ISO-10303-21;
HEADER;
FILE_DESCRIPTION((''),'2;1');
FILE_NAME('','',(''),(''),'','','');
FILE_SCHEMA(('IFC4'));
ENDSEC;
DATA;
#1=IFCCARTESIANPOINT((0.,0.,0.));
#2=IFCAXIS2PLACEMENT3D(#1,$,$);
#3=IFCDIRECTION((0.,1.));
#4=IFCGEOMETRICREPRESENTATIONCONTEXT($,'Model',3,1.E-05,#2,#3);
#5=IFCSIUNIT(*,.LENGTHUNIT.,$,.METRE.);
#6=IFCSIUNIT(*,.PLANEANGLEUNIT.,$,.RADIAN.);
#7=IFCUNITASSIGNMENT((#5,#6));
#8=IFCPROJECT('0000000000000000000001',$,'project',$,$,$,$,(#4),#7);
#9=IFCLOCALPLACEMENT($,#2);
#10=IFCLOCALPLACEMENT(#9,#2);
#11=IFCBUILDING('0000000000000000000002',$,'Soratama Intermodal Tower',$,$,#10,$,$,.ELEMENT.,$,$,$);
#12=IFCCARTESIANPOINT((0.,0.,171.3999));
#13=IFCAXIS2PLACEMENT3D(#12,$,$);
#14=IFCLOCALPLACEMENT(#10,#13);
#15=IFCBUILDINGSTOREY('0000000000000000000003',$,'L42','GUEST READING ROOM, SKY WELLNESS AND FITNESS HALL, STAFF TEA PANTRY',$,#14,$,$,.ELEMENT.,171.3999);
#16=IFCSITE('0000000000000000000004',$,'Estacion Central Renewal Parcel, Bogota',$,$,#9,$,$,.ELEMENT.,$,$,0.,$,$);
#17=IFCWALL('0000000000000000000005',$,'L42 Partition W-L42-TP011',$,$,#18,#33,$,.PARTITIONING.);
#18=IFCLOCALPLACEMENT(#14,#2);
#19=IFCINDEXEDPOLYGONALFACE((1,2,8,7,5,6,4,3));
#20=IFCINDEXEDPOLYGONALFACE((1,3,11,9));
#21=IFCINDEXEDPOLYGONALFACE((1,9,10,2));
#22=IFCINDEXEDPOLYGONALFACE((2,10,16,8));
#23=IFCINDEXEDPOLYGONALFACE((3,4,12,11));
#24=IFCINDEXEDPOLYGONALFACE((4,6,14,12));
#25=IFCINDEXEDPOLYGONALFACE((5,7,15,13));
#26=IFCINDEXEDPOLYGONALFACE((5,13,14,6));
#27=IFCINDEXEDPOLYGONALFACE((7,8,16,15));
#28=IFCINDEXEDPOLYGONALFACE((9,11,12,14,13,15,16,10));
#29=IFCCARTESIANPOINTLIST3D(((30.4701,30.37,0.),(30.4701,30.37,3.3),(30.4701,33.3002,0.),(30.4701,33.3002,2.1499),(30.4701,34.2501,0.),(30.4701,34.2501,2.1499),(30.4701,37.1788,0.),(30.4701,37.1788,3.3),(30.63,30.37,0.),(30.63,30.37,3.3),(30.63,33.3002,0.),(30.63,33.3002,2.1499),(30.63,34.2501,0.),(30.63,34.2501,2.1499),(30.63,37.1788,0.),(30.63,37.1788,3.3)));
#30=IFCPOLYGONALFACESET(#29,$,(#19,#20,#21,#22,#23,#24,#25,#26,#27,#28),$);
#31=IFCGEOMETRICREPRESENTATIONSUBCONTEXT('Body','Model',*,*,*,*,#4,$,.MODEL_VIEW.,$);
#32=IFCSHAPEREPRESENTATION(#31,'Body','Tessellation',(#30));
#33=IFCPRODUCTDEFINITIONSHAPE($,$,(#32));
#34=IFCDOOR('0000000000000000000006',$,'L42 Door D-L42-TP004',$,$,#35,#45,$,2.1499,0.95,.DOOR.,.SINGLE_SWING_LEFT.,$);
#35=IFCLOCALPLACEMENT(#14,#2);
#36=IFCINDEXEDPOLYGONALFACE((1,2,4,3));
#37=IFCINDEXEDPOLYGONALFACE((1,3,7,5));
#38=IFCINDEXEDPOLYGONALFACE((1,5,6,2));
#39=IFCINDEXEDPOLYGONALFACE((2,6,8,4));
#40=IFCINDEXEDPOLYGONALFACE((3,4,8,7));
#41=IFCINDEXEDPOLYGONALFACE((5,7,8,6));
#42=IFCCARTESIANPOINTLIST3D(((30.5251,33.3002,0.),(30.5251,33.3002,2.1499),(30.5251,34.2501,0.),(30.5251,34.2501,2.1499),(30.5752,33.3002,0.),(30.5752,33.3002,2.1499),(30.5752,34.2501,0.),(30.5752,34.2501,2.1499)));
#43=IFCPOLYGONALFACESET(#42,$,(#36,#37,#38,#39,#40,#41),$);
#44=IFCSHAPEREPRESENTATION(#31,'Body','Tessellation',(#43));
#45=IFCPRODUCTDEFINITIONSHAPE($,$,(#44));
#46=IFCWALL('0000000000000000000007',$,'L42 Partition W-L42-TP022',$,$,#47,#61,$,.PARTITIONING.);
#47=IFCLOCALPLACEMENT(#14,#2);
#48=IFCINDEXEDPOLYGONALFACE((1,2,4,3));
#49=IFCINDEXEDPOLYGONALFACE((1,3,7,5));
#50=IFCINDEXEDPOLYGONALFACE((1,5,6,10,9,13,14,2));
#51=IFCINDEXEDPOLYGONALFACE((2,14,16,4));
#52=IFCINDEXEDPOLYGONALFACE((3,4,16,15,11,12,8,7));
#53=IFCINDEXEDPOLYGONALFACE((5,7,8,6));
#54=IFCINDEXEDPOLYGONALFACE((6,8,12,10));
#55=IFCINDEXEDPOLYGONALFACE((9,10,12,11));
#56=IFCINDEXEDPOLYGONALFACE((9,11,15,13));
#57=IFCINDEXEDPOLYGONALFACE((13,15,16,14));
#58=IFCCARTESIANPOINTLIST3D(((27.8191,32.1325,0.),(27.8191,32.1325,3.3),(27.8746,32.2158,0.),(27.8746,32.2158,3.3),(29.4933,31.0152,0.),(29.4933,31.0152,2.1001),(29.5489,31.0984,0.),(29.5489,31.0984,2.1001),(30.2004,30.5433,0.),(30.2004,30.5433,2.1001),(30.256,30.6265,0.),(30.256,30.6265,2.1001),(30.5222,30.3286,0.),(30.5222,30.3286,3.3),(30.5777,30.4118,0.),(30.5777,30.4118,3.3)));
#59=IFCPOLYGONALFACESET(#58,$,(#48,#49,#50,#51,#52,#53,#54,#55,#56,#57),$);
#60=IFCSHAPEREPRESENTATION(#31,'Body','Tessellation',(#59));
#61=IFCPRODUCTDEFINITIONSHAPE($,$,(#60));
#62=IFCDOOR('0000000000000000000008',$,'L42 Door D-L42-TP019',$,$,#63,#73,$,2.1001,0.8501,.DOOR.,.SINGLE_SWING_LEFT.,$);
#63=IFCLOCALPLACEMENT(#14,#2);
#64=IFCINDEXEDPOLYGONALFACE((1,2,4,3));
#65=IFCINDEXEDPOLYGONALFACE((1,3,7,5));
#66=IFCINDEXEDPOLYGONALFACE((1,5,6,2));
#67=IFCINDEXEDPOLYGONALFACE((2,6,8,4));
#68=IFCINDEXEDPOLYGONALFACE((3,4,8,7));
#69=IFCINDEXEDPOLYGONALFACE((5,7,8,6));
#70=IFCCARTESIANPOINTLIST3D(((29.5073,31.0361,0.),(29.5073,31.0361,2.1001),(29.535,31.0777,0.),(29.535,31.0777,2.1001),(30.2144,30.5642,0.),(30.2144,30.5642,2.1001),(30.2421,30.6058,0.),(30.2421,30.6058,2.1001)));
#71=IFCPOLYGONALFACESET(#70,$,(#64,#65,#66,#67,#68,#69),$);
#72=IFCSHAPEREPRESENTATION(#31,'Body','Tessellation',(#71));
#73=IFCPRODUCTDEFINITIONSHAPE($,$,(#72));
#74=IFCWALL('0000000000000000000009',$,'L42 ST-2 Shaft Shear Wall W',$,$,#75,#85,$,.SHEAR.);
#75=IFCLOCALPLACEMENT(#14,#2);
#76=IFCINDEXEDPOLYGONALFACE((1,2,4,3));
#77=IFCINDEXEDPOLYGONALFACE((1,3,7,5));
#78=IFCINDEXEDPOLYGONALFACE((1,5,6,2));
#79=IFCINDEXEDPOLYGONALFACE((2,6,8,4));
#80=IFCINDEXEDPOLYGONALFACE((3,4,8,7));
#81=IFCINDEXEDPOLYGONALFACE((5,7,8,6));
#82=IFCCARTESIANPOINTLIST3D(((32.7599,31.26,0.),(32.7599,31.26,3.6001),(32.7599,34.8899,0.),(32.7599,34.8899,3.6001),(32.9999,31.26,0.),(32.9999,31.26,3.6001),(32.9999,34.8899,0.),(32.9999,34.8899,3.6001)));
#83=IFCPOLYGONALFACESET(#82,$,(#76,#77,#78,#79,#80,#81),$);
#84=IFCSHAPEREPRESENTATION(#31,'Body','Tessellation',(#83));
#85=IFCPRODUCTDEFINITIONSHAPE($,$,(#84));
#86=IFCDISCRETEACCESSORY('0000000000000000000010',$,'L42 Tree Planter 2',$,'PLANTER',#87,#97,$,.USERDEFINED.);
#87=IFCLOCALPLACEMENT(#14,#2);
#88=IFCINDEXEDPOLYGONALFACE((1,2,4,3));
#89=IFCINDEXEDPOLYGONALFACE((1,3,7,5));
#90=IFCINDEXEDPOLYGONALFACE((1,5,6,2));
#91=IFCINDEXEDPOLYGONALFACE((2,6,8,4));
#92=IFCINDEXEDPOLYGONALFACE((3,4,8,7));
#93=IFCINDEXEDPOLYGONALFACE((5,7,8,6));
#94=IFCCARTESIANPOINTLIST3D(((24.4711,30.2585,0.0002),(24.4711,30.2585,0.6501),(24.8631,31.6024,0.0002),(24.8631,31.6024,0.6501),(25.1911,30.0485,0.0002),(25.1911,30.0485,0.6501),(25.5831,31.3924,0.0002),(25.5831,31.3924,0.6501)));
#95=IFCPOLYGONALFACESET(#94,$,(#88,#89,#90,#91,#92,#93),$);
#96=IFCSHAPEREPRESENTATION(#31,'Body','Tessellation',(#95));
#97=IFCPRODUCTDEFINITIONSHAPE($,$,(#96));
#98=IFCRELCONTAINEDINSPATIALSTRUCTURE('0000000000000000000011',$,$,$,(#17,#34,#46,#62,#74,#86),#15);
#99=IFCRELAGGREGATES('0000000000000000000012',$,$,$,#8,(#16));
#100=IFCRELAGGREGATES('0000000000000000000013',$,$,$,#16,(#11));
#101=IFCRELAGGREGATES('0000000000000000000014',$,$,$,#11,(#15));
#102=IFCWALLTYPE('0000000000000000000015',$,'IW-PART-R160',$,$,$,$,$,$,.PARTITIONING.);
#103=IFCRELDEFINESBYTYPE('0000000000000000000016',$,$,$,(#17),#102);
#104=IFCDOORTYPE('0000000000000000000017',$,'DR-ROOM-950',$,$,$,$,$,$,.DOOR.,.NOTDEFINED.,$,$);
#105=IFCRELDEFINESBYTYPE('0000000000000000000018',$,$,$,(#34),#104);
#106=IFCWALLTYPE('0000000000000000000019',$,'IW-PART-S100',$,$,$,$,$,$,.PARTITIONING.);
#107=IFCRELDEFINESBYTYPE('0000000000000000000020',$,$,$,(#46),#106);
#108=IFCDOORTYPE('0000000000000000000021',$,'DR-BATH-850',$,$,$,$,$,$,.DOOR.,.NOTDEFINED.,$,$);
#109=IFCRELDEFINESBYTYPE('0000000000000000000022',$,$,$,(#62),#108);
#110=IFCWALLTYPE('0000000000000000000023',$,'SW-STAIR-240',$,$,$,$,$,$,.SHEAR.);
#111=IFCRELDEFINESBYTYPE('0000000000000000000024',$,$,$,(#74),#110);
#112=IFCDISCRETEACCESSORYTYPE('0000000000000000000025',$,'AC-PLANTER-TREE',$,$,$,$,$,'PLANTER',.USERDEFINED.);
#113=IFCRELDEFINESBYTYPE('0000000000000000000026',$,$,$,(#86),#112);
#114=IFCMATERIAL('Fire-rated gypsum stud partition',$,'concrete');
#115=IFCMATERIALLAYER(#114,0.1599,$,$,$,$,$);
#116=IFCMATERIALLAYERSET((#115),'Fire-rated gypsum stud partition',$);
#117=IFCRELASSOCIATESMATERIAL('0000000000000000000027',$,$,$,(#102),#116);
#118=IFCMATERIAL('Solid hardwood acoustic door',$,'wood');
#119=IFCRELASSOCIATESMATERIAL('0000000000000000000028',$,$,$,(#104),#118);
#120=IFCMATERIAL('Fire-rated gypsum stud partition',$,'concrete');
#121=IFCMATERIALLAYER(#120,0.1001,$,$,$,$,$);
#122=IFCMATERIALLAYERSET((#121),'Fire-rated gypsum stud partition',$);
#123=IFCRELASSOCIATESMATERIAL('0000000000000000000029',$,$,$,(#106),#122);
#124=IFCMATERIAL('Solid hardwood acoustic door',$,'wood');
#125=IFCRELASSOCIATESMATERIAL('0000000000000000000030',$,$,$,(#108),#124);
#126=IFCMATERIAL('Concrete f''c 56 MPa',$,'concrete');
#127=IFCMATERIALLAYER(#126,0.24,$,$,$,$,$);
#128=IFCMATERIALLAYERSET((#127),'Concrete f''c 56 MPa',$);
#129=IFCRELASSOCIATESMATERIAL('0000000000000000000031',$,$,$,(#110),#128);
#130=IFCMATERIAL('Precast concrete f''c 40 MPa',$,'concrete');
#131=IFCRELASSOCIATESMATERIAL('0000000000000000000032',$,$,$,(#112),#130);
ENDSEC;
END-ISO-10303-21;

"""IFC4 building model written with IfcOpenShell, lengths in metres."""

from ifc_helpers import new_model, si_unit, direction, frame, frame_2d, origin, origin_2d, place, context, subcontext, project, spatial, rectangle, extrude, material, layer, layer_set, type_object, element, fill, save


model = new_model("IFC4")

# Units and contexts
model_context = context("Model", 3, precision=1e-05, world=origin(), true_north=direction((0.0, 1.0)))
body_context = subcontext(model_context, "Body", "Model", "MODEL_VIEW")
ifc_project = project(units=[si_unit("LENGTHUNIT", "METRE"), si_unit("PLANEANGLEUNIT", "RADIAN")], contexts=[model_context])

# Site, building, storey
site_placement = place(None, origin())
site = spatial("IfcSite", under=ifc_project, at=site_placement, Name="Estacion Central Renewal Parcel, Bogota", CompositionType="ELEMENT", RefElevation=0.0)
building_placement = place(site_placement, origin())
building = spatial("IfcBuilding", under=site, at=building_placement, Name="Soratama Intermodal Tower", CompositionType="ELEMENT")
storey_placement = place(building_placement, frame((0.0, 0.0, 171.3999)))
storey = spatial("IfcBuildingStorey", under=building, at=storey_placement, Name="L42", Description="GUEST READING ROOM, SKY WELLNESS AND FITNESS HALL, STAFF TEA PANTRY", CompositionType="ELEMENT", Elevation=171.3999)

# Walls, openings, doors
ifc_material_1 = material(Name="Fire-rated gypsum stud partition", Category="concrete")
ifc_layer_1 = layer(ifc_material_1, 0.1599)
ifc_layer_set_1 = layer_set([ifc_layer_1], Name="Fire-rated gypsum stud partition")
wall_type_1 = type_object("IfcWallType", Name="IW-PART-R160", PredefinedType="PARTITIONING", material=ifc_layer_set_1)
wall_1_placement = place(storey_placement, frame((30.55, 30.3701, 0.0), z_axis=(0.0, 0.0, 1.0), x_axis=(0.0, 1.0, 0.0)))
wall_1 = element("IfcWall", 1, at=wall_1_placement, inside=storey, type_object=wall_type_1, Name="L42 Partition W-L42-TP011", PredefinedType="PARTITIONING", context=body_context, shape_type="SweptSolid", body=[
    extrude(rectangle(XDim=6.8088, YDim=0.1599, at=frame_2d((3.4043, 0.0))), origin(), (0.0, 0.0, 1.0), 3.3),
])
opening_1_placement = place(wall_1_placement, frame((2.9299, 0.0, 0.0)))
opening_1 = element("IfcOpeningElement", 2, at=opening_1_placement, cuts=wall_1, PredefinedType="OPENING", context=body_context, shape_type="SweptSolid", body=[
    extrude(rectangle(XDim=0.95, YDim=2.1499, at=frame_2d((0.4751, 1.075))), frame((0.0, 0.0898, 0.0), z_axis=(0.0, -1.0, 0.0), x_axis=(1.0, 0.0, 0.0)), (0.0, 0.0, 1.0), 0.1799),
])
ifc_material_2 = material(Name="Solid hardwood acoustic door", Category="wood")
door_type_1 = type_object("IfcDoorType", Name="DR-ROOM-950", OperationType="NOTDEFINED", PredefinedType="DOOR", material=ifc_material_2)
door_1_placement = place(opening_1_placement, origin())
door_1 = element("IfcDoor", 3, at=door_1_placement, inside=storey, type_object=door_type_1, Name="L42 Door D-L42-TP004", OperationType="SINGLE_SWING_LEFT", OverallHeight=2.1499, OverallWidth=0.95, PredefinedType="DOOR", context=body_context, shape_type="SweptSolid", body=[
    extrude(rectangle(XDim=0.95, YDim=2.1499, at=frame_2d((0.4751, 1.075))), frame((0.0, 0.0249, 0.0), z_axis=(0.0, -1.0, 0.0), x_axis=(1.0, 0.0, 0.0)), (0.0, 0.0, 1.0), 0.05),
])
fill(opening_1, door_1)
ifc_material_3 = material(Name="Fire-rated gypsum stud partition", Category="concrete")
ifc_layer_2 = layer(ifc_material_3, 0.1001)
ifc_layer_set_2 = layer_set([ifc_layer_2], Name="Fire-rated gypsum stud partition")
wall_type_2 = type_object("IfcWallType", Name="IW-PART-S100", PredefinedType="PARTITIONING", material=ifc_layer_set_2)
wall_2_placement = place(storey_placement, frame((30.55, 30.3701, 0.0), z_axis=(0.0, 0.0, 1.0), x_axis=(-0.831784, 0.555099, 0.0)))
wall_2 = element("IfcWall", 4, at=wall_2_placement, inside=storey, type_object=wall_type_2, Name="L42 Partition W-L42-TP022", PredefinedType="PARTITIONING", context=body_context, shape_type="SweptSolid", body=[
    extrude(rectangle(XDim=3.2498, YDim=0.1001, at=frame_2d((1.625, 0.0))), origin(), (0.0, 0.0, 1.0), 3.3),
])
opening_2_placement = place(wall_2_placement, frame((0.387, 0.0, 0.0)))
opening_2 = element("IfcOpeningElement", 5, at=opening_2_placement, cuts=wall_2, PredefinedType="OPENING", context=body_context, shape_type="SweptSolid", body=[
    extrude(rectangle(XDim=0.8501, YDim=2.1001, at=frame_2d((0.425, 1.05))), frame((0.0, 0.0601, 0.0), z_axis=(0.0, -1.0, 0.0), x_axis=(1.0, 0.0, 0.0)), (0.0, 0.0, 1.0), 0.1201),
])
ifc_material_4 = material(Name="Solid hardwood acoustic door", Category="wood")
door_type_2 = type_object("IfcDoorType", Name="DR-BATH-850", OperationType="NOTDEFINED", PredefinedType="DOOR", material=ifc_material_4)
door_2_placement = place(opening_2_placement, origin())
door_2 = element("IfcDoor", 6, at=door_2_placement, inside=storey, type_object=door_type_2, Name="L42 Door D-L42-TP019", OperationType="SINGLE_SWING_LEFT", OverallHeight=2.1001, OverallWidth=0.8501, PredefinedType="DOOR", context=body_context, shape_type="SweptSolid", body=[
    extrude(rectangle(XDim=0.8501, YDim=2.1001, at=frame_2d((0.425, 1.05))), frame((0.0, 0.0249, 0.0), z_axis=(0.0, -1.0, 0.0), x_axis=(1.0, 0.0, 0.0)), (0.0, 0.0, 1.0), 0.05),
])
fill(opening_2, door_2)

# Wall
ifc_material_5 = material(Name="Concrete f'c 56 MPa", Category="concrete")
ifc_layer_3 = layer(ifc_material_5, 0.24)
ifc_layer_set_3 = layer_set([ifc_layer_3], Name="Concrete f'c 56 MPa")
wall_type_3 = type_object("IfcWallType", Name="SW-STAIR-240", PredefinedType="SHEAR", material=ifc_layer_set_3)
wall_3_placement = place(storey_placement, frame((32.8799, 31.26, 0.0), z_axis=(0.0, 0.0, 1.0), x_axis=(0.0, 1.0, 0.0)))
element("IfcWall", 7, at=wall_3_placement, inside=storey, type_object=wall_type_3, Name="L42 ST-2 Shaft Shear Wall W", PredefinedType="SHEAR", context=body_context, shape_type="SweptSolid", body=[
    extrude(rectangle(XDim=3.6299, YDim=0.24, at=frame_2d((1.8149, 0.0))), origin(), (0.0, 0.0, 1.0), 3.6001),
])

# Discrete accessory
ifc_material_6 = material(Name="Precast concrete f'c 40 MPa", Category="concrete")
discrete_accessory_type = type_object("IfcDiscreteAccessoryType", Name="AC-PLANTER-TREE", ElementType="PLANTER", PredefinedType="USERDEFINED", material=ifc_material_6)
discrete_accessory_placement = place(storey_placement, frame((25.0271, 30.8254, 0.0002), z_axis=(0.0, 0.0, 1.0), x_axis=(-0.960001, 0.279997, 0.0)))
element("IfcDiscreteAccessory", 8, at=discrete_accessory_placement, inside=storey, type_object=discrete_accessory_type, Name="L42 Tree Planter 2", ObjectType="PLANTER", PredefinedType="USERDEFINED", context=body_context, shape_type="SweptSolid", body=[
    extrude(rectangle(XDim=0.75, YDim=1.3999, at=origin_2d()), origin(), (0.0, 0.0, 1.0), 0.6499),
])

save(model, "model.ifc")
